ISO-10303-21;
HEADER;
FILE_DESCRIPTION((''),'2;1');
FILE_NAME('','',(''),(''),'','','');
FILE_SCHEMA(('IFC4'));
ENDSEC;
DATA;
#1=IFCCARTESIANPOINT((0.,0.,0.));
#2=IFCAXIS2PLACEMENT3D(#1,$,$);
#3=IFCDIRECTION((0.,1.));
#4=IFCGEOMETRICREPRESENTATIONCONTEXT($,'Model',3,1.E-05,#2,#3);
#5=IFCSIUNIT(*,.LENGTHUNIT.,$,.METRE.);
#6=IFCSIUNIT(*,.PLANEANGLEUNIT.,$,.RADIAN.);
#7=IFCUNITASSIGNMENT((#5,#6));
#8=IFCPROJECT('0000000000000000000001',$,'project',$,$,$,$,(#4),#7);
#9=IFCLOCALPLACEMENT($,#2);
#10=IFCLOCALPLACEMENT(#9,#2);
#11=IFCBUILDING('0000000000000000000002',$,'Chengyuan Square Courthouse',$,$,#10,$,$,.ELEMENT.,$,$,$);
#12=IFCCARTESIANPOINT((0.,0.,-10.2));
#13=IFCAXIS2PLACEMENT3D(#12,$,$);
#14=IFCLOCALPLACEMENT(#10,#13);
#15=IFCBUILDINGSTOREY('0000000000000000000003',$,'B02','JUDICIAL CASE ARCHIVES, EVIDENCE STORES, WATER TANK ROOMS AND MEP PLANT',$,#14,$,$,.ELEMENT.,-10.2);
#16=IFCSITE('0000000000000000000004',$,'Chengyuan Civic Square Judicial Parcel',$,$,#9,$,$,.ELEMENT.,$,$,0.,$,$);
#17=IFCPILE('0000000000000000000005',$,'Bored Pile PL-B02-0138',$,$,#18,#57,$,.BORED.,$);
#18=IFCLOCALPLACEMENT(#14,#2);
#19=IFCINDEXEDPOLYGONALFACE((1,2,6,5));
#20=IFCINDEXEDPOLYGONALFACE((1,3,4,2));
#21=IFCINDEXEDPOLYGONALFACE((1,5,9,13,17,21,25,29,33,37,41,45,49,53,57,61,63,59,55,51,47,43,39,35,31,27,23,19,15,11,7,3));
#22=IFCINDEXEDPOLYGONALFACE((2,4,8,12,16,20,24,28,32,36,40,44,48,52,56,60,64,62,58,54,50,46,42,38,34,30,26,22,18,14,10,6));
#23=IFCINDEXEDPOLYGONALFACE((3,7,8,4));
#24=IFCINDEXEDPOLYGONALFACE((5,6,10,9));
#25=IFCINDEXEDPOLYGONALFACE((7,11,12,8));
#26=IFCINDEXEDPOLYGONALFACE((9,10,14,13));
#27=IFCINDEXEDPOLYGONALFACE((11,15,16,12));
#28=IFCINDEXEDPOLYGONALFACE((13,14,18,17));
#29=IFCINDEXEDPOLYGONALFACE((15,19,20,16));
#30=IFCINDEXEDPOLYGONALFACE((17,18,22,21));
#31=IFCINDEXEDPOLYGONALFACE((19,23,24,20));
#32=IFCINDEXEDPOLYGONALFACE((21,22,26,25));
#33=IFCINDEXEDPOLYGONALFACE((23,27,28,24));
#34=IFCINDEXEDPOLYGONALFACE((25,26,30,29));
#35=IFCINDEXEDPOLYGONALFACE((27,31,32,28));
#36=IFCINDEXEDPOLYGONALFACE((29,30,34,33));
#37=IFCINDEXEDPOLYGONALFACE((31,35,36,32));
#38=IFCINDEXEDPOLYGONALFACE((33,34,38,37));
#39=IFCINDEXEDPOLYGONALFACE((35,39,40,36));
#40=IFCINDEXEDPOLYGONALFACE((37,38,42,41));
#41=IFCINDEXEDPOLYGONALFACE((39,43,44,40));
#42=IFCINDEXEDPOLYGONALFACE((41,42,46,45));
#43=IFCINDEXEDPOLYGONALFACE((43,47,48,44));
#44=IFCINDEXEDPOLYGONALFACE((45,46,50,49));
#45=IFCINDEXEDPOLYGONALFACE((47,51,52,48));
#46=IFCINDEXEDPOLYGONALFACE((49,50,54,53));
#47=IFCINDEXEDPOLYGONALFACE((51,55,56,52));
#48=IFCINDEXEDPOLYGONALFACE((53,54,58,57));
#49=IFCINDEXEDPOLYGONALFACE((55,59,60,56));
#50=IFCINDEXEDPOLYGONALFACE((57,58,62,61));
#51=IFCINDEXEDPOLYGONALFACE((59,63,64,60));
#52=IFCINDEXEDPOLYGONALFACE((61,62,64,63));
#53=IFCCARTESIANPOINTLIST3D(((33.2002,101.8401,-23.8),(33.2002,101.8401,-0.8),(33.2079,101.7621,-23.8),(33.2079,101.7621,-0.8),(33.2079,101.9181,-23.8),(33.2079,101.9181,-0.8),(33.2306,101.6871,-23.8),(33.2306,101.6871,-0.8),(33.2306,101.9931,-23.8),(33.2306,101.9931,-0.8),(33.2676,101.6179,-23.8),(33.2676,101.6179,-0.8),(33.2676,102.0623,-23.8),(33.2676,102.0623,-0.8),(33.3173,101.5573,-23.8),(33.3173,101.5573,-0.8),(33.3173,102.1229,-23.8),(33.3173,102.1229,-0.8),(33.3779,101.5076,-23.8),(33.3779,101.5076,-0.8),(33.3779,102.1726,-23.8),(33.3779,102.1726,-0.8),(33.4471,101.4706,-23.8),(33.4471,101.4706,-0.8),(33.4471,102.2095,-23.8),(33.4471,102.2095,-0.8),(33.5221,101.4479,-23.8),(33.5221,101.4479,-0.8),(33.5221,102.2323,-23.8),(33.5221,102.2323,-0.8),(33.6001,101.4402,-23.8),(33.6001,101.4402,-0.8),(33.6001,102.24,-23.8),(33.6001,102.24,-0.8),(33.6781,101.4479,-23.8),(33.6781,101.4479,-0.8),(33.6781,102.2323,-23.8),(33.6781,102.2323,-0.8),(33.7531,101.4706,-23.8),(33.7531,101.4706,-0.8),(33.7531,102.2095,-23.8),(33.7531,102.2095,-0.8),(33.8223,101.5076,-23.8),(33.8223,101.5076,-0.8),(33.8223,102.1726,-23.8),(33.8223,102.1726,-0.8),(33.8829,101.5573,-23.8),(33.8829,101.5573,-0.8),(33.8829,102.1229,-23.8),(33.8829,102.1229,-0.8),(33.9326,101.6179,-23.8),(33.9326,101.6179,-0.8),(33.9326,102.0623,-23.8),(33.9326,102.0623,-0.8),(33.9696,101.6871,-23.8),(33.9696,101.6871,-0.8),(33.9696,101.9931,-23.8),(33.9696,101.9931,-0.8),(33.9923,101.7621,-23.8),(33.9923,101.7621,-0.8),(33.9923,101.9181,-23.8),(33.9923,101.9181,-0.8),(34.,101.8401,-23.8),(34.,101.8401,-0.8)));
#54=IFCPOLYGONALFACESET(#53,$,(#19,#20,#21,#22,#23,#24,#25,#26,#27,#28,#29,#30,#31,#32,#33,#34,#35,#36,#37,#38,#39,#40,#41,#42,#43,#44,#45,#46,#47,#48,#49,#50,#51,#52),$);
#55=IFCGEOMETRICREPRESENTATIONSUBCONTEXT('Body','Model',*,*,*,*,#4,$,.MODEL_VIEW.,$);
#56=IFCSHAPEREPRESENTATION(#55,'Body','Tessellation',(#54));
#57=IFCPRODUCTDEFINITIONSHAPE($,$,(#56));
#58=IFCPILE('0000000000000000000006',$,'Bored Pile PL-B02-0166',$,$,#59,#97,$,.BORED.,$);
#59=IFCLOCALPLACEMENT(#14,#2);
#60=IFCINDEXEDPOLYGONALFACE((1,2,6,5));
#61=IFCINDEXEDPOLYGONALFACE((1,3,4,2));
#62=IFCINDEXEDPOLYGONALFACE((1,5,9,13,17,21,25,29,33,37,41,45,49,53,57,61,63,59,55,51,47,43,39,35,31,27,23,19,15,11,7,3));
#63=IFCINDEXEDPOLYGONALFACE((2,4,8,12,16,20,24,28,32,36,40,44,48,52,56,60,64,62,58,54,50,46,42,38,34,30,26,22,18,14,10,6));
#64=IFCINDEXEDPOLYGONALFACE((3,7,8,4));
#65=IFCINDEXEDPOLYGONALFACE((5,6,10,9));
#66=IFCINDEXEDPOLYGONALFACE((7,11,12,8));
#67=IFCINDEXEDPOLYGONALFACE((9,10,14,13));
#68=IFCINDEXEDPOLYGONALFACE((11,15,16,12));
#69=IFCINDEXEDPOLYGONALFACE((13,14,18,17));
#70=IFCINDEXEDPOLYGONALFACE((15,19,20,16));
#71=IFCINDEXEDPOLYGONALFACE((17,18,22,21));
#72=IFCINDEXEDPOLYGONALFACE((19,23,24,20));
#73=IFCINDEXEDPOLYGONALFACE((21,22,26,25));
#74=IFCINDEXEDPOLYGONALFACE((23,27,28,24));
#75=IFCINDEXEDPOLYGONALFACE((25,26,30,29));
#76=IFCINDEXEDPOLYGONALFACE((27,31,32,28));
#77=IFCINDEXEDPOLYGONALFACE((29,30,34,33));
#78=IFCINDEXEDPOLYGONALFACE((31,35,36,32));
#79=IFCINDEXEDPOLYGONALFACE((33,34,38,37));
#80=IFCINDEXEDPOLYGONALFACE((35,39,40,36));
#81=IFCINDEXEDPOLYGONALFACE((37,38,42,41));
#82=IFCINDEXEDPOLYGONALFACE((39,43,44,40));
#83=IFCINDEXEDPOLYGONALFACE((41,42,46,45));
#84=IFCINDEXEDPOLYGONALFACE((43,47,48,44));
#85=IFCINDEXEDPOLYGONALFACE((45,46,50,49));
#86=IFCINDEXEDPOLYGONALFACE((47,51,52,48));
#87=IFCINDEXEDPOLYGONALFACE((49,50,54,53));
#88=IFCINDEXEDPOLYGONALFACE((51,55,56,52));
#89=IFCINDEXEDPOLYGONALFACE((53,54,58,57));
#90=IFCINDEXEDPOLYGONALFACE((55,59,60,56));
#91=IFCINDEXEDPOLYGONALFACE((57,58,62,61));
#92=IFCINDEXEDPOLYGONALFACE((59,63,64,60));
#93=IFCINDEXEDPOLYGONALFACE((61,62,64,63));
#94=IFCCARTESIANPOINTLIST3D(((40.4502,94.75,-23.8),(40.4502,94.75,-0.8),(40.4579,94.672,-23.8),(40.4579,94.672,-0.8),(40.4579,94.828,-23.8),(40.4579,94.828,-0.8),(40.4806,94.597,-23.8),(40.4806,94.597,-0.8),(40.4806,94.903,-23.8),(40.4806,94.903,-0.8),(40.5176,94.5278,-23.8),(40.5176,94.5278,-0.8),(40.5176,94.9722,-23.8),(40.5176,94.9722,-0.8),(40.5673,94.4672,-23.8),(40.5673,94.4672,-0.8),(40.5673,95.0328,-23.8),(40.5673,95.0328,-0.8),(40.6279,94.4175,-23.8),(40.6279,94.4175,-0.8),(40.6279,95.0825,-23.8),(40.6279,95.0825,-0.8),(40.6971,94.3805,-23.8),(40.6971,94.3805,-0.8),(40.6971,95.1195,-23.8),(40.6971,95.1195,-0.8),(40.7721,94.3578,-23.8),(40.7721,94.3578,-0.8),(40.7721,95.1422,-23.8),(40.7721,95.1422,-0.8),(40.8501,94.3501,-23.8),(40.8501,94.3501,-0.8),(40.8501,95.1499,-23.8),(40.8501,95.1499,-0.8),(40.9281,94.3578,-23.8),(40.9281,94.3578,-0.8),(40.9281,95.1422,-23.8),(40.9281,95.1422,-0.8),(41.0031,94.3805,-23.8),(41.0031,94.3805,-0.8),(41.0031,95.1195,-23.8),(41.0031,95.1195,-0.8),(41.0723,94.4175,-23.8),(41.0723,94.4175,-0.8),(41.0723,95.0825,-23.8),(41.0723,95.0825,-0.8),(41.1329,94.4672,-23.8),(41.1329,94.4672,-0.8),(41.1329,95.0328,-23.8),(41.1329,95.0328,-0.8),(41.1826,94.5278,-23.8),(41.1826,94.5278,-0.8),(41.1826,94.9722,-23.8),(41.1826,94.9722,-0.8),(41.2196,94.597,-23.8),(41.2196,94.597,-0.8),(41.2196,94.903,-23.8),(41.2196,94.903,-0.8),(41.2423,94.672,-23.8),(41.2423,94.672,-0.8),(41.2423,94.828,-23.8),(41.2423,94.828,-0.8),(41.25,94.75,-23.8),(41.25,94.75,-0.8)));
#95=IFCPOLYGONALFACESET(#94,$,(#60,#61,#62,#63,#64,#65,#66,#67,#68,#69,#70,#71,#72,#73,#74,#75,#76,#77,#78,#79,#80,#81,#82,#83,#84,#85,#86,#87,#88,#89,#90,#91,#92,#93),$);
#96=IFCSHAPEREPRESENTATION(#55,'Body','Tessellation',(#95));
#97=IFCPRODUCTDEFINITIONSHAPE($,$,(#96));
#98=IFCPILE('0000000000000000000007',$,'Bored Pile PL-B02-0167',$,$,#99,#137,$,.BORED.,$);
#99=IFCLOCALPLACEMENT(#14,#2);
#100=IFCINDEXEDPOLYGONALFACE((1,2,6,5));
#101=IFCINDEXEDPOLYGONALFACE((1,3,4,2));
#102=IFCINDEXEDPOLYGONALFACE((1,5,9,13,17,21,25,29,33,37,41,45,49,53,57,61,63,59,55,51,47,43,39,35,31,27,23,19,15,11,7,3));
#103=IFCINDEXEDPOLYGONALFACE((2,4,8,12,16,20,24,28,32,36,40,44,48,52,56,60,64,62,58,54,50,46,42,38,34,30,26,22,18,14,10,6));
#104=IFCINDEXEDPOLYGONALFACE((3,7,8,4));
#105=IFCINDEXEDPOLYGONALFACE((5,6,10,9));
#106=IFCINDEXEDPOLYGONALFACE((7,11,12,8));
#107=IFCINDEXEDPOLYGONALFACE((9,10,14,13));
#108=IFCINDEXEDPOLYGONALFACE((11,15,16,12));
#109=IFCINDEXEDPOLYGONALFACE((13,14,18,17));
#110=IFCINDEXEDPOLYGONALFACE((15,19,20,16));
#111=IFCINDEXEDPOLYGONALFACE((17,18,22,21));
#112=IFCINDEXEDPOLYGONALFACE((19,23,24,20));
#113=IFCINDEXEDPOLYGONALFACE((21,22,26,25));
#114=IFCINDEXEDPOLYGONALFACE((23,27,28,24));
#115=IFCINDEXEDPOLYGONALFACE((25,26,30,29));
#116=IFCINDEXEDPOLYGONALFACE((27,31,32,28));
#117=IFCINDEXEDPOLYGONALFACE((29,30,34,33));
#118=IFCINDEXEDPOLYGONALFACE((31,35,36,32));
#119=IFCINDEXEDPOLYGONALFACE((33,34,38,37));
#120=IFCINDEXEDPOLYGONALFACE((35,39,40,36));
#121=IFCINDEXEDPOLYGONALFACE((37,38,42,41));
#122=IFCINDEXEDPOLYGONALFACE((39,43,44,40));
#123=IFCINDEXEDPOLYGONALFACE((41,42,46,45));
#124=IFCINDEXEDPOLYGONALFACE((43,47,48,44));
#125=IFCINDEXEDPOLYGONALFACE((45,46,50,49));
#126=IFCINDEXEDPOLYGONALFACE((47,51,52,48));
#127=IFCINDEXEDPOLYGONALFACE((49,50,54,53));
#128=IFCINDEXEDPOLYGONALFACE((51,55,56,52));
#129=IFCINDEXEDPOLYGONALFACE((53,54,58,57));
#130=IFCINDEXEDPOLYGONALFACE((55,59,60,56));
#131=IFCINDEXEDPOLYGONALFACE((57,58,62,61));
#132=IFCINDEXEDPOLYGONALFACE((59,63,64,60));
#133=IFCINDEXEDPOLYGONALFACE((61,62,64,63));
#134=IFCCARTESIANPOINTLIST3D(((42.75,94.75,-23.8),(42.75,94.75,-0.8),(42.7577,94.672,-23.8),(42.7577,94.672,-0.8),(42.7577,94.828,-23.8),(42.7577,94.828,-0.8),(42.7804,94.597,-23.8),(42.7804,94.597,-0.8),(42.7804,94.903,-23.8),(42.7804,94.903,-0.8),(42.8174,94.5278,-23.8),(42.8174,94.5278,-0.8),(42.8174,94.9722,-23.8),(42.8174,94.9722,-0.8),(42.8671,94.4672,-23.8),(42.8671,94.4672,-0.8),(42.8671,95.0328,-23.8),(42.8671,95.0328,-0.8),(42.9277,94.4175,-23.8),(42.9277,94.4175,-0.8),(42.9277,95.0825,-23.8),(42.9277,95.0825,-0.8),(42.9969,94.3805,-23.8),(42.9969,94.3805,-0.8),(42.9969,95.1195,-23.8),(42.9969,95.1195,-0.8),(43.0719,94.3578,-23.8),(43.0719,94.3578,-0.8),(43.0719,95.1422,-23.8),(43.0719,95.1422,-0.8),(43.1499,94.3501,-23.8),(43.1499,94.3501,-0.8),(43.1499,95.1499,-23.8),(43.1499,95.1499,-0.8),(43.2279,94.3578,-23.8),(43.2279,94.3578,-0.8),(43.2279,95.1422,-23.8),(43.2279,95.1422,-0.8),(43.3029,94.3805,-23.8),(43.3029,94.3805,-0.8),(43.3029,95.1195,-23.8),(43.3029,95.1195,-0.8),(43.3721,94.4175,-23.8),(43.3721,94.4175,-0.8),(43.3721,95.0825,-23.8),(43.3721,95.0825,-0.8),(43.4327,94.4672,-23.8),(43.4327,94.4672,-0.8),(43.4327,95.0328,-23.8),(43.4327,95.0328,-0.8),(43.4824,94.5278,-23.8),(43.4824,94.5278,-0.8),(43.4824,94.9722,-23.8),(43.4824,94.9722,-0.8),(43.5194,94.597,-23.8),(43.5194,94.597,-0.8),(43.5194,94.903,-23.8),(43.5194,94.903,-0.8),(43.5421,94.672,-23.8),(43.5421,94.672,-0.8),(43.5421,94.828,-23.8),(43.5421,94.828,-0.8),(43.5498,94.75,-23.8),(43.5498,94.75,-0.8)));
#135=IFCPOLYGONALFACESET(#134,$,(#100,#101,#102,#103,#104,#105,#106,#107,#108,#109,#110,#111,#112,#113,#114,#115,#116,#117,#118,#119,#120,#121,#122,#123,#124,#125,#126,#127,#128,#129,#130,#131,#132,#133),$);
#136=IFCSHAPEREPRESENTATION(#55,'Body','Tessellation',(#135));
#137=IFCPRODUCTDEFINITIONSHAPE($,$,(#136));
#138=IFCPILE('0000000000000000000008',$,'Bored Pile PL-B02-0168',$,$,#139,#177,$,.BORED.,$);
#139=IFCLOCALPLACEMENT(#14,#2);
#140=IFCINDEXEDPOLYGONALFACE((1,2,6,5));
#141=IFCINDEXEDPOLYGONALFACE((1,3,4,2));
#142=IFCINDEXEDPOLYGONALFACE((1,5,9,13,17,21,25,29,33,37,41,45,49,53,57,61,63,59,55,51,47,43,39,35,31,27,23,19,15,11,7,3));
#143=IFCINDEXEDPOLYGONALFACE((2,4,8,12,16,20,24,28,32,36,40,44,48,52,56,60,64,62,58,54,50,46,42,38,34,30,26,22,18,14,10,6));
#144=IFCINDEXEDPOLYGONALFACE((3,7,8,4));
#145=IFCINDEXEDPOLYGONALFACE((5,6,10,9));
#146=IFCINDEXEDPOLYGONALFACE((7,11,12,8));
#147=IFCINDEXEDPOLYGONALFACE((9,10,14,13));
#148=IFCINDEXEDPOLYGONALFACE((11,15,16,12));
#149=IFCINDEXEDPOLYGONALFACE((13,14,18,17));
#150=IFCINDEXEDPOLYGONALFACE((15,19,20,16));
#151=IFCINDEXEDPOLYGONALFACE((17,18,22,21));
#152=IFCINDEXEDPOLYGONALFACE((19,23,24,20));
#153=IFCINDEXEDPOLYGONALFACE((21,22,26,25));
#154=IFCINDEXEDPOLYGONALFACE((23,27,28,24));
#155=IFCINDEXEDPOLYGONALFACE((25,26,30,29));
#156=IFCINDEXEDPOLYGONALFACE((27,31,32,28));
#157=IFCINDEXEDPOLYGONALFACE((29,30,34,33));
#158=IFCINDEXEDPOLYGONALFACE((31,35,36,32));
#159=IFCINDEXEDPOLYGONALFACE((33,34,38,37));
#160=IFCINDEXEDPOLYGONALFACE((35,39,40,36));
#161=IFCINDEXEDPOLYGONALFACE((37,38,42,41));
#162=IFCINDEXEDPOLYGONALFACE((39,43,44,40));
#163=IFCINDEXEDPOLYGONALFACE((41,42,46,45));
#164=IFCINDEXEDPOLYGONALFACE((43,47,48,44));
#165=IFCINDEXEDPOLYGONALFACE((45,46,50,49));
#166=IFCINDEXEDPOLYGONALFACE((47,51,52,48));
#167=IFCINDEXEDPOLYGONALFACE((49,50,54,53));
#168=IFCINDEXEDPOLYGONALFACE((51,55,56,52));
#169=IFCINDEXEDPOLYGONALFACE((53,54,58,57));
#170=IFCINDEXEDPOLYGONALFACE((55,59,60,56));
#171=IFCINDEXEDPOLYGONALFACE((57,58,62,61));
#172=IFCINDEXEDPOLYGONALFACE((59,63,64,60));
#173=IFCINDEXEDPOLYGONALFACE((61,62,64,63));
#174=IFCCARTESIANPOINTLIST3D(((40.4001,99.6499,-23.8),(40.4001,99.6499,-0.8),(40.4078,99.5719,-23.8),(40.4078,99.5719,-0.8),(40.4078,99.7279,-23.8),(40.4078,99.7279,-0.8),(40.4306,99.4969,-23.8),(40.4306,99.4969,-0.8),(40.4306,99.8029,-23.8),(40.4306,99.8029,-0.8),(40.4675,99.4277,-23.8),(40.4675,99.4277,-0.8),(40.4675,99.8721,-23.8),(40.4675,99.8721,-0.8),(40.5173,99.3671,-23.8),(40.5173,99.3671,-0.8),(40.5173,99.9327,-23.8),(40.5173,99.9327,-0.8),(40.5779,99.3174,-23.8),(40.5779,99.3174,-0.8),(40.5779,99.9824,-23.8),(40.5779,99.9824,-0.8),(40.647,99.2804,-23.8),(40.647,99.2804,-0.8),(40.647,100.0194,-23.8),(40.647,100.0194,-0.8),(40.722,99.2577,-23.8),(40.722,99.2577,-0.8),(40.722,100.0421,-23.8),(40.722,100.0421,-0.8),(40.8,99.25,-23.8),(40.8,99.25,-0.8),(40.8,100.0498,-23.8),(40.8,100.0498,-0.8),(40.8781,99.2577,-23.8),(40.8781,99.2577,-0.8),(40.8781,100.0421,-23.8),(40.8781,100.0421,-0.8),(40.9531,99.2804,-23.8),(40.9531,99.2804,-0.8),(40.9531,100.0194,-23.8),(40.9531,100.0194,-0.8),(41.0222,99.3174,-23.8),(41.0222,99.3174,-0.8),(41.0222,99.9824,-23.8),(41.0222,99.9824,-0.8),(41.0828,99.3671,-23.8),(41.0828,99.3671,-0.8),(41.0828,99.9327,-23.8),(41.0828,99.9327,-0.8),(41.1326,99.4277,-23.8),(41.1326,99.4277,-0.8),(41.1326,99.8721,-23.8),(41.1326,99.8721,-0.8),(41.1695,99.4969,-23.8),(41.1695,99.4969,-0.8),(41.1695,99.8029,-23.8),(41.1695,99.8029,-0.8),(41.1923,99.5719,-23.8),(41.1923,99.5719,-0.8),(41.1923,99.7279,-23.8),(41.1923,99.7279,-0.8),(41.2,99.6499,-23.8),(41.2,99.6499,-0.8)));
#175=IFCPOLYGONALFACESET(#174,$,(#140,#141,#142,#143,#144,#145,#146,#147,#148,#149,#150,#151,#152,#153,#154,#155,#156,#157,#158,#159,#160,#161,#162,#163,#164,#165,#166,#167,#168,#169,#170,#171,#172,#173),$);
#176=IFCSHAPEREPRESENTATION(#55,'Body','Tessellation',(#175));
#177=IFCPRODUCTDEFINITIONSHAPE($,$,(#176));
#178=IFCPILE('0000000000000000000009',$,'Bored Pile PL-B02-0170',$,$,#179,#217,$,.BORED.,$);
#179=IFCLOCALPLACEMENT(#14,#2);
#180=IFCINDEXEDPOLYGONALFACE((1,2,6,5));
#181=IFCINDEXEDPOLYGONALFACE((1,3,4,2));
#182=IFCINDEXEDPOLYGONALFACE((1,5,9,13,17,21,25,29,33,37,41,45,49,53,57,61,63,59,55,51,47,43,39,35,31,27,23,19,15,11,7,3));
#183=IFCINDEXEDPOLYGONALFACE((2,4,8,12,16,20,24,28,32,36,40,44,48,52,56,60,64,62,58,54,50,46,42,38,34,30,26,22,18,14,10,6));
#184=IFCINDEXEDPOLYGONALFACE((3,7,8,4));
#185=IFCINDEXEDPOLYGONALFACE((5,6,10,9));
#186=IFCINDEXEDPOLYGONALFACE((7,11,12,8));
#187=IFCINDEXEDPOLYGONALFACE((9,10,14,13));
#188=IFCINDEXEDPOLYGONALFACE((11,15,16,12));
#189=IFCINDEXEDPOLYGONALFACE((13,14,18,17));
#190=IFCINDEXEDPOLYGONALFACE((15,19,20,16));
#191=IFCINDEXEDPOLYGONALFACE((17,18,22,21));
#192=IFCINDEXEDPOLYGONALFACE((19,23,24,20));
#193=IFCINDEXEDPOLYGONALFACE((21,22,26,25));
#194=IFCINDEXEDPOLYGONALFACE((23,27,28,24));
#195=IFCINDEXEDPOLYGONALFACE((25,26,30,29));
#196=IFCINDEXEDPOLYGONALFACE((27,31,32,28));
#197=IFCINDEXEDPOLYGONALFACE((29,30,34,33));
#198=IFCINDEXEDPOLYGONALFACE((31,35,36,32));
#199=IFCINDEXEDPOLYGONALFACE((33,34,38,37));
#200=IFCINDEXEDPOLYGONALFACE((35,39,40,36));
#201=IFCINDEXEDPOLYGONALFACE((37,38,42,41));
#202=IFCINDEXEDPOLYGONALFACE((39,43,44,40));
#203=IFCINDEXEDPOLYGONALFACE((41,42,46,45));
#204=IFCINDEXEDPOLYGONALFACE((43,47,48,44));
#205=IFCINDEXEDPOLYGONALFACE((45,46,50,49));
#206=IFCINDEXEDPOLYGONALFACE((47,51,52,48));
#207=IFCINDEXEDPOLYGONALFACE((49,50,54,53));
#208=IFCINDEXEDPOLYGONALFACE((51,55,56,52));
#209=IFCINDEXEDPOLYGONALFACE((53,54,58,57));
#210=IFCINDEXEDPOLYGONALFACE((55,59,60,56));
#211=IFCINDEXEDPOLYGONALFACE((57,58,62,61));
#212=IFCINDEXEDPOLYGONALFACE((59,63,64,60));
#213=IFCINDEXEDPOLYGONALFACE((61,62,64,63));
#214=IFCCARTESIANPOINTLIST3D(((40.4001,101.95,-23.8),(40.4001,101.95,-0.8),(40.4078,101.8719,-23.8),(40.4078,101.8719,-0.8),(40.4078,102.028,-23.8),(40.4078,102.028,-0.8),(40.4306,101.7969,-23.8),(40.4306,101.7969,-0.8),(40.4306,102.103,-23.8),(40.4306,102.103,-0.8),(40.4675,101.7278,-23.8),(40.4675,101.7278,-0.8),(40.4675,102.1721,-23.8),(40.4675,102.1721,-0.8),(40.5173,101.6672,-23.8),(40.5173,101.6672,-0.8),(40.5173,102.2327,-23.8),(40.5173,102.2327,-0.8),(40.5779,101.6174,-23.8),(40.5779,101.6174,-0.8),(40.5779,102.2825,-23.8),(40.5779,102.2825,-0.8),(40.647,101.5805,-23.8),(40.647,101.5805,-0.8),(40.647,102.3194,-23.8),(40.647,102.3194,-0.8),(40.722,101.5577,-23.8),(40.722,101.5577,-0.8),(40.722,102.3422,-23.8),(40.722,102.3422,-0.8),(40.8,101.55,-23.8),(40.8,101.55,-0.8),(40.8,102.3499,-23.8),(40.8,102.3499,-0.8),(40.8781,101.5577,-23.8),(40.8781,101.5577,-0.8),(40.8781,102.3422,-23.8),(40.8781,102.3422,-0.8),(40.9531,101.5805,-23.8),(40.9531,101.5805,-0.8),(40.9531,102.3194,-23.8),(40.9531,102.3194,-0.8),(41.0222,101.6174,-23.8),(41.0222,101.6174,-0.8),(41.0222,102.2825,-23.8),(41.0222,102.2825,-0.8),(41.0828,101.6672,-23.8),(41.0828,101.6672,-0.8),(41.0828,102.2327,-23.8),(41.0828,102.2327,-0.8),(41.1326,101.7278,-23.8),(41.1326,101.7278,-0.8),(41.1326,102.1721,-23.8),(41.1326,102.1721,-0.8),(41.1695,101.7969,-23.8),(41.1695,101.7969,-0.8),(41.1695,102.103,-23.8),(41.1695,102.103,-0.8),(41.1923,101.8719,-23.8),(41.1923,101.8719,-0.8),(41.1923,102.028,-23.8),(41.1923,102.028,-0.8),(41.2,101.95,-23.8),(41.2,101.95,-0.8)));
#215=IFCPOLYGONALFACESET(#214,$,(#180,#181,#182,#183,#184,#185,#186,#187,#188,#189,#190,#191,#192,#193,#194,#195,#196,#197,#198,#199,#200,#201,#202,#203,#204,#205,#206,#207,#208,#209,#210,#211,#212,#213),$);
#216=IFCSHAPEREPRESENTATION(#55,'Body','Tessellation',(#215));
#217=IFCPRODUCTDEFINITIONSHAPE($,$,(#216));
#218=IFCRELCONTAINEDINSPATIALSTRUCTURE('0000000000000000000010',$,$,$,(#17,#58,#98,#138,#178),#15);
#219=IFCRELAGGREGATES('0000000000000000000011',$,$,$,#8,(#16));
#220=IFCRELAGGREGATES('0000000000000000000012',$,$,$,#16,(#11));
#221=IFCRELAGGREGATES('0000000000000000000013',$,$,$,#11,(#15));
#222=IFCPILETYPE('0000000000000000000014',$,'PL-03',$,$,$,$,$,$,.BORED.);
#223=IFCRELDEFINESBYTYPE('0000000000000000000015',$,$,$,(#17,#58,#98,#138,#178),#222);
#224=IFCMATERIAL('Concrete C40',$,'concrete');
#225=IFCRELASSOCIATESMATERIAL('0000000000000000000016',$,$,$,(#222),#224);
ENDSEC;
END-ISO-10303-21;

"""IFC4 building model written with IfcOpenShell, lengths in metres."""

from ifc_helpers import new_model, si_unit, direction, frame, origin, origin_2d, place, context, subcontext, project, spatial, circle, extrude, material, material_profile, profile_set, type_object, element, save


model = new_model("IFC4")

# Units and contexts
model_context = context("Model", 3, precision=1e-05, world=origin(), true_north=direction((0.0, 1.0)))
body_context = subcontext(model_context, "Body", "Model", "MODEL_VIEW")
ifc_project = project(units=[si_unit("LENGTHUNIT", "METRE"), si_unit("PLANEANGLEUNIT", "RADIAN")], contexts=[model_context])

# Site, building, storey
site_placement = place(None, origin())
site = spatial("IfcSite", under=ifc_project, at=site_placement, Name="Chengyuan Civic Square Judicial Parcel", CompositionType="ELEMENT", RefElevation=0.0)
building_placement = place(site_placement, origin())
building = spatial("IfcBuilding", under=site, at=building_placement, Name="Chengyuan Square Courthouse", CompositionType="ELEMENT")
storey_placement = place(building_placement, frame((0.0, 0.0, -10.2)))
storey = spatial("IfcBuildingStorey", under=building, at=storey_placement, Name="B02", Description="JUDICIAL CASE ARCHIVES, EVIDENCE STORES, WATER TANK ROOMS AND MEP PLANT", CompositionType="ELEMENT", Elevation=-10.2)

# Shared definitions
ifc_material_1 = material(Name="Concrete C40", Category="concrete")

# Piles
ifc_material_profile_1 = material_profile(ifc_material_1, circle(Radius=0.3999, at=origin_2d()), Name="BORED PILE D800")
ifc_profile_set_1 = profile_set([ifc_material_profile_1], Name="Concrete C40")
pile_type_1 = type_object("IfcPileType", Name="PL-03", PredefinedType="BORED", material=ifc_profile_set_1)
for number, where, z_axis, x_axis, name in (
    (1, (33.6001, 101.8401, -0.8), (0.0, 0.0, -1.0), (1.0, 0.0, 0.0), "Bored Pile PL-B02-0138"),
    (2, (40.8501, 94.75, -0.8), (0.0, 0.0, -1.0), (1.0, 0.0, 0.0), "Bored Pile PL-B02-0166"),
    (3, (43.1499, 94.75, -0.8), (0.0, 0.0, -1.0), (1.0, 0.0, 0.0), "Bored Pile PL-B02-0167"),
    (4, (40.8, 99.6499, -0.8), (0.0, 0.0, -1.0), (1.0, 0.0, 0.0), "Bored Pile PL-B02-0168"),
    (5, (40.8, 101.95, -0.8), (0.0, 0.0, -1.0), (1.0, 0.0, 0.0), "Bored Pile PL-B02-0170"),
):
    element("IfcPile", number, at=place(storey_placement, frame(where, z_axis=z_axis, x_axis=x_axis)), inside=storey, type_object=pile_type_1, Name=name, PredefinedType="BORED", context=body_context, shape_type="SweptSolid", body=[
        extrude(circle(Radius=0.3999, at=origin_2d()), origin(), (0.0, 0.0, 1.0), 23.0),
    ])

save(model, "model.ifc")
